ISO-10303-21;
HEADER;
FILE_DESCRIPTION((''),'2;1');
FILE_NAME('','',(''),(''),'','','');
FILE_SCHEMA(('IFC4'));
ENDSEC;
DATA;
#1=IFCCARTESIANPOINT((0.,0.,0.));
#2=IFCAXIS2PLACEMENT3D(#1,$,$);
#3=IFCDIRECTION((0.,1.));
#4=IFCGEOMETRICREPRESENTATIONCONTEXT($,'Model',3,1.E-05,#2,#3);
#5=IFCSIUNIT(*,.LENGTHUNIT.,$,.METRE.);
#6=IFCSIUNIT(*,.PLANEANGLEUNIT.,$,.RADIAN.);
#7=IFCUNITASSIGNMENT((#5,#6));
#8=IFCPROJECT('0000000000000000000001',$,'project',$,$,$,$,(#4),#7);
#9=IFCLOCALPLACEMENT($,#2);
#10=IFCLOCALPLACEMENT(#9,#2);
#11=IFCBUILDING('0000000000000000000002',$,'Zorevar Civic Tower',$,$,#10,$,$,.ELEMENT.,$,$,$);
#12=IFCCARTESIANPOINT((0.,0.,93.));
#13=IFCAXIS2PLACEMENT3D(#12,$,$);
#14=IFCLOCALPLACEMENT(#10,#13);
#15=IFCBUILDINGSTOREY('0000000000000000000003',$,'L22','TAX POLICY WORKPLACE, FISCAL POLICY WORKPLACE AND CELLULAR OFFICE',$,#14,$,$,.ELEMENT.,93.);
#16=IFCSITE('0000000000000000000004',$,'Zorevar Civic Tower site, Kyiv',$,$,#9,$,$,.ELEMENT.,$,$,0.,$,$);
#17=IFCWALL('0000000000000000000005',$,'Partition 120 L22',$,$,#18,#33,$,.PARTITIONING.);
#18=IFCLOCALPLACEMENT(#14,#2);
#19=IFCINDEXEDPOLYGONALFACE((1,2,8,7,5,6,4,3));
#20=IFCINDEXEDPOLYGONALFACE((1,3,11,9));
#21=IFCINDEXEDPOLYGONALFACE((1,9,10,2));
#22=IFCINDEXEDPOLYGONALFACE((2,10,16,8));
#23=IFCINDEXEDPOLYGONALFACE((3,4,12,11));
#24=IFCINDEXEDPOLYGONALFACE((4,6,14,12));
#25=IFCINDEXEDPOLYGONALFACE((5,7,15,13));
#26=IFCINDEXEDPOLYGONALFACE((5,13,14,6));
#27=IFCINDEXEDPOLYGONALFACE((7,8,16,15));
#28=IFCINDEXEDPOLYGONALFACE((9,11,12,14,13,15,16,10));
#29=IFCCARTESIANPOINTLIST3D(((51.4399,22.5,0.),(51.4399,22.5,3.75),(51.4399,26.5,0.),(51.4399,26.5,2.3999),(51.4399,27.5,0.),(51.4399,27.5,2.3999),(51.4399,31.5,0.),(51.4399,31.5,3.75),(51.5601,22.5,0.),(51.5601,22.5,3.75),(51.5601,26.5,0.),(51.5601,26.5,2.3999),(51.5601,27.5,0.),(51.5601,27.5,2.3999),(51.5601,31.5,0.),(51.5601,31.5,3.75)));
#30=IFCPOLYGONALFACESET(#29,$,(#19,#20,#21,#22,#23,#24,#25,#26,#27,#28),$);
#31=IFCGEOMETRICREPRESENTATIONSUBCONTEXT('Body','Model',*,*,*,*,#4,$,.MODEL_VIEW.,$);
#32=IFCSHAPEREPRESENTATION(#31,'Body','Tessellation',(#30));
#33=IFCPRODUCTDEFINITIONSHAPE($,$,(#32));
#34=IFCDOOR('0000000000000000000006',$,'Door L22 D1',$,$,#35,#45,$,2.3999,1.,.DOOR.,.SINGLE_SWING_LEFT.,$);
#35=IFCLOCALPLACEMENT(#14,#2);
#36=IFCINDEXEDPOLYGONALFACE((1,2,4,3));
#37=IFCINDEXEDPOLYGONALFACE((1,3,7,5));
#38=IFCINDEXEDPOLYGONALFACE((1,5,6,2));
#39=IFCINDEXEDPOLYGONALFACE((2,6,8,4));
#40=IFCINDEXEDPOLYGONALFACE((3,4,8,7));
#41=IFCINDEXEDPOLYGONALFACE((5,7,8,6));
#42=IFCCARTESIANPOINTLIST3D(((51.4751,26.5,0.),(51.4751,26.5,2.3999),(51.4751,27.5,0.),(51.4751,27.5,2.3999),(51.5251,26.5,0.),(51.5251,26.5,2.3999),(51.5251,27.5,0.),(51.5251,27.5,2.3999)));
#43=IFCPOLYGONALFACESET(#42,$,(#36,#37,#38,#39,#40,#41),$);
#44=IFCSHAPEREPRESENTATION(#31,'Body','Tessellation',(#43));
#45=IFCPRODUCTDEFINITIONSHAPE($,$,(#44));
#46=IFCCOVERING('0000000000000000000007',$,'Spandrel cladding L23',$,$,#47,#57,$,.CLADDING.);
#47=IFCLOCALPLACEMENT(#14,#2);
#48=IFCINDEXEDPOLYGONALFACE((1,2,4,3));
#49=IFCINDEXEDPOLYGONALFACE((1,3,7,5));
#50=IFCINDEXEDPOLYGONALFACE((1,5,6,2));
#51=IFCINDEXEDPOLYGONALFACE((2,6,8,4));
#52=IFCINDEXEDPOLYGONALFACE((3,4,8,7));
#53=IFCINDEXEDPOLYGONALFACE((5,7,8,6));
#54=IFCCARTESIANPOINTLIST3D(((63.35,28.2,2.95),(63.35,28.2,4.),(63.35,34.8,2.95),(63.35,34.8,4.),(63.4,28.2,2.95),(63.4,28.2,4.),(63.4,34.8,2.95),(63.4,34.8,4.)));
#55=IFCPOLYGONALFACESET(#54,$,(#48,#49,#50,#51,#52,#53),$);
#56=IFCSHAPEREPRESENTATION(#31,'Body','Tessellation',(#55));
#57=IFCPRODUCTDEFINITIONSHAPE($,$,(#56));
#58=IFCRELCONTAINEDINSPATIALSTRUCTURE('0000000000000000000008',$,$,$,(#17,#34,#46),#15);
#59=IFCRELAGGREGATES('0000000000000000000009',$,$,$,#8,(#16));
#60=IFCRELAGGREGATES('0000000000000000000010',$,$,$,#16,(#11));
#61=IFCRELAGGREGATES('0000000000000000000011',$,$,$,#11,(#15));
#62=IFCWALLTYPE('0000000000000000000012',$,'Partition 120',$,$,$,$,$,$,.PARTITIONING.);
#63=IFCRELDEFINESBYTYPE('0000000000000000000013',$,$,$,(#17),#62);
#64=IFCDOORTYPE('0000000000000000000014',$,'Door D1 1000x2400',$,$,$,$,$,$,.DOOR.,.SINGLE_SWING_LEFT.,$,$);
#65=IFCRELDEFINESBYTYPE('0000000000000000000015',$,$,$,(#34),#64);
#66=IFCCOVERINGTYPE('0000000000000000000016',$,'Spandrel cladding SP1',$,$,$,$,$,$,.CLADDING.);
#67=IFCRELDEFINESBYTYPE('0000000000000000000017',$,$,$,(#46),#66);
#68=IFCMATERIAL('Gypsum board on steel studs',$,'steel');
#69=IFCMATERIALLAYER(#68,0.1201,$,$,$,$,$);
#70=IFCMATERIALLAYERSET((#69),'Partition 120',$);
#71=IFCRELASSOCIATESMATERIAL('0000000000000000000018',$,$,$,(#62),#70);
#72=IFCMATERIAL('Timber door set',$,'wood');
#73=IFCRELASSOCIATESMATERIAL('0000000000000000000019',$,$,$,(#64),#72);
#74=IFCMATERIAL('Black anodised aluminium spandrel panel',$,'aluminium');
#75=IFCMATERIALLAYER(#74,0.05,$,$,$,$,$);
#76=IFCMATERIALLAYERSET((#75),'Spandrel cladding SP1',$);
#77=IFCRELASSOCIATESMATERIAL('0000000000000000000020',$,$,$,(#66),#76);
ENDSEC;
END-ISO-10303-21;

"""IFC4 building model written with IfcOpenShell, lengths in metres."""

from ifc_helpers import new_model, si_unit, direction, frame, frame_2d, origin, place, context, subcontext, project, spatial, rectangle, extrude, material, layer, layer_set, type_object, element, fill, save


model = new_model("IFC4")

# Units and contexts
model_context = context("Model", 3, precision=1e-05, world=origin(), true_north=direction((0.0, 1.0)))
body_context = subcontext(model_context, "Body", "Model", "MODEL_VIEW")
ifc_project = project(units=[si_unit("LENGTHUNIT", "METRE"), si_unit("PLANEANGLEUNIT", "RADIAN")], contexts=[model_context])

# Site, building, storey
site_placement = place(None, origin())
site = spatial("IfcSite", under=ifc_project, at=site_placement, Name="Zorevar Civic Tower site, Kyiv", CompositionType="ELEMENT", RefElevation=0.0)
building_placement = place(site_placement, origin())
building = spatial("IfcBuilding", under=site, at=building_placement, Name="Zorevar Civic Tower", CompositionType="ELEMENT")
storey_placement = place(building_placement, frame((0.0, 0.0, 93.0)))
storey = spatial("IfcBuildingStorey", under=building, at=storey_placement, Name="L22", Description="TAX POLICY WORKPLACE, FISCAL POLICY WORKPLACE AND CELLULAR OFFICE", CompositionType="ELEMENT", Elevation=93.0)

# Shared definitions
ifc_material_1 = material(Name="Gypsum board on steel studs", Category="steel")
ifc_layer_1 = layer(ifc_material_1, 0.1201)
ifc_layer_set_1 = layer_set([ifc_layer_1], Name="Partition 120")
wall_type = type_object("IfcWallType", Name="Partition 120", PredefinedType="PARTITIONING", material=ifc_layer_set_1)

# Wall, opening, door
ifc_material_2 = material(Name="Timber door set", Category="wood")
door_type = type_object("IfcDoorType", Name="Door D1 1000x2400", OperationType="SINGLE_SWING_LEFT", PredefinedType="DOOR", material=ifc_material_2)
wall_1_placement = place(storey_placement, frame((51.5, 22.5, 0.0), z_axis=(0.0, 0.0, 1.0), x_axis=(0.0, 1.0, 0.0)))
wall_1 = element("IfcWall", 1, at=wall_1_placement, inside=storey, type_object=wall_type, Name="Partition 120 L22", PredefinedType="PARTITIONING", context=body_context, shape_type="SweptSolid", body=[
    extrude(rectangle(XDim=9.0, YDim=0.1201, at=frame_2d((4.5, 0.0))), origin(), (0.0, 0.0, 1.0), 3.75),
])
opening_1_placement = place(wall_1_placement, frame((4.0, 0.0, 0.0)))
opening_1 = element("IfcOpeningElement", 2, at=opening_1_placement, cuts=wall_1, PredefinedType="OPENING", context=body_context, shape_type="SweptSolid", body=[
    extrude(rectangle(XDim=1.0, YDim=2.3999, at=frame_2d((0.5, 1.2))), frame((0.0, 0.0701, 0.0), z_axis=(0.0, -1.0, 0.0), x_axis=(1.0, 0.0, 0.0)), (0.0, 0.0, 1.0), 0.1401),
])
door_1_placement = place(opening_1_placement, origin())
door_1 = element("IfcDoor", 3, at=door_1_placement, inside=storey, type_object=door_type, Name="Door L22 D1", OperationType="SINGLE_SWING_LEFT", OverallHeight=2.3999, OverallWidth=1.0, PredefinedType="DOOR", context=body_context, shape_type="SweptSolid", body=[
    extrude(rectangle(XDim=1.0, YDim=2.3999, at=frame_2d((0.5, 1.2))), frame((0.0, 0.0249, 0.0), z_axis=(0.0, -1.0, 0.0), x_axis=(1.0, 0.0, 0.0)), (0.0, 0.0, 1.0), 0.05),
])
fill(opening_1, door_1)

# Covering
ifc_material_3 = material(Name="Black anodised aluminium spandrel panel", Category="aluminium")
ifc_layer_2 = layer(ifc_material_3, 0.05)
ifc_layer_set_2 = layer_set([ifc_layer_2], Name="Spandrel cladding SP1")
covering_type = type_object("IfcCoveringType", Name="Spandrel cladding SP1", PredefinedType="CLADDING", material=ifc_layer_set_2)
covering_placement = place(storey_placement, frame((63.375, 28.2, 2.95), z_axis=(0.0, 0.0, 1.0), x_axis=(0.0, 1.0, 0.0)))
element("IfcCovering", 4, at=covering_placement, inside=storey, type_object=covering_type, Name="Spandrel cladding L23", PredefinedType="CLADDING", context=body_context, shape_type="SweptSolid", body=[
    extrude(rectangle(XDim=6.6001, YDim=0.05, at=frame_2d((3.3, 0.0))), origin(), (0.0, 0.0, 1.0), 1.05),
])

save(model, "model.ifc")
